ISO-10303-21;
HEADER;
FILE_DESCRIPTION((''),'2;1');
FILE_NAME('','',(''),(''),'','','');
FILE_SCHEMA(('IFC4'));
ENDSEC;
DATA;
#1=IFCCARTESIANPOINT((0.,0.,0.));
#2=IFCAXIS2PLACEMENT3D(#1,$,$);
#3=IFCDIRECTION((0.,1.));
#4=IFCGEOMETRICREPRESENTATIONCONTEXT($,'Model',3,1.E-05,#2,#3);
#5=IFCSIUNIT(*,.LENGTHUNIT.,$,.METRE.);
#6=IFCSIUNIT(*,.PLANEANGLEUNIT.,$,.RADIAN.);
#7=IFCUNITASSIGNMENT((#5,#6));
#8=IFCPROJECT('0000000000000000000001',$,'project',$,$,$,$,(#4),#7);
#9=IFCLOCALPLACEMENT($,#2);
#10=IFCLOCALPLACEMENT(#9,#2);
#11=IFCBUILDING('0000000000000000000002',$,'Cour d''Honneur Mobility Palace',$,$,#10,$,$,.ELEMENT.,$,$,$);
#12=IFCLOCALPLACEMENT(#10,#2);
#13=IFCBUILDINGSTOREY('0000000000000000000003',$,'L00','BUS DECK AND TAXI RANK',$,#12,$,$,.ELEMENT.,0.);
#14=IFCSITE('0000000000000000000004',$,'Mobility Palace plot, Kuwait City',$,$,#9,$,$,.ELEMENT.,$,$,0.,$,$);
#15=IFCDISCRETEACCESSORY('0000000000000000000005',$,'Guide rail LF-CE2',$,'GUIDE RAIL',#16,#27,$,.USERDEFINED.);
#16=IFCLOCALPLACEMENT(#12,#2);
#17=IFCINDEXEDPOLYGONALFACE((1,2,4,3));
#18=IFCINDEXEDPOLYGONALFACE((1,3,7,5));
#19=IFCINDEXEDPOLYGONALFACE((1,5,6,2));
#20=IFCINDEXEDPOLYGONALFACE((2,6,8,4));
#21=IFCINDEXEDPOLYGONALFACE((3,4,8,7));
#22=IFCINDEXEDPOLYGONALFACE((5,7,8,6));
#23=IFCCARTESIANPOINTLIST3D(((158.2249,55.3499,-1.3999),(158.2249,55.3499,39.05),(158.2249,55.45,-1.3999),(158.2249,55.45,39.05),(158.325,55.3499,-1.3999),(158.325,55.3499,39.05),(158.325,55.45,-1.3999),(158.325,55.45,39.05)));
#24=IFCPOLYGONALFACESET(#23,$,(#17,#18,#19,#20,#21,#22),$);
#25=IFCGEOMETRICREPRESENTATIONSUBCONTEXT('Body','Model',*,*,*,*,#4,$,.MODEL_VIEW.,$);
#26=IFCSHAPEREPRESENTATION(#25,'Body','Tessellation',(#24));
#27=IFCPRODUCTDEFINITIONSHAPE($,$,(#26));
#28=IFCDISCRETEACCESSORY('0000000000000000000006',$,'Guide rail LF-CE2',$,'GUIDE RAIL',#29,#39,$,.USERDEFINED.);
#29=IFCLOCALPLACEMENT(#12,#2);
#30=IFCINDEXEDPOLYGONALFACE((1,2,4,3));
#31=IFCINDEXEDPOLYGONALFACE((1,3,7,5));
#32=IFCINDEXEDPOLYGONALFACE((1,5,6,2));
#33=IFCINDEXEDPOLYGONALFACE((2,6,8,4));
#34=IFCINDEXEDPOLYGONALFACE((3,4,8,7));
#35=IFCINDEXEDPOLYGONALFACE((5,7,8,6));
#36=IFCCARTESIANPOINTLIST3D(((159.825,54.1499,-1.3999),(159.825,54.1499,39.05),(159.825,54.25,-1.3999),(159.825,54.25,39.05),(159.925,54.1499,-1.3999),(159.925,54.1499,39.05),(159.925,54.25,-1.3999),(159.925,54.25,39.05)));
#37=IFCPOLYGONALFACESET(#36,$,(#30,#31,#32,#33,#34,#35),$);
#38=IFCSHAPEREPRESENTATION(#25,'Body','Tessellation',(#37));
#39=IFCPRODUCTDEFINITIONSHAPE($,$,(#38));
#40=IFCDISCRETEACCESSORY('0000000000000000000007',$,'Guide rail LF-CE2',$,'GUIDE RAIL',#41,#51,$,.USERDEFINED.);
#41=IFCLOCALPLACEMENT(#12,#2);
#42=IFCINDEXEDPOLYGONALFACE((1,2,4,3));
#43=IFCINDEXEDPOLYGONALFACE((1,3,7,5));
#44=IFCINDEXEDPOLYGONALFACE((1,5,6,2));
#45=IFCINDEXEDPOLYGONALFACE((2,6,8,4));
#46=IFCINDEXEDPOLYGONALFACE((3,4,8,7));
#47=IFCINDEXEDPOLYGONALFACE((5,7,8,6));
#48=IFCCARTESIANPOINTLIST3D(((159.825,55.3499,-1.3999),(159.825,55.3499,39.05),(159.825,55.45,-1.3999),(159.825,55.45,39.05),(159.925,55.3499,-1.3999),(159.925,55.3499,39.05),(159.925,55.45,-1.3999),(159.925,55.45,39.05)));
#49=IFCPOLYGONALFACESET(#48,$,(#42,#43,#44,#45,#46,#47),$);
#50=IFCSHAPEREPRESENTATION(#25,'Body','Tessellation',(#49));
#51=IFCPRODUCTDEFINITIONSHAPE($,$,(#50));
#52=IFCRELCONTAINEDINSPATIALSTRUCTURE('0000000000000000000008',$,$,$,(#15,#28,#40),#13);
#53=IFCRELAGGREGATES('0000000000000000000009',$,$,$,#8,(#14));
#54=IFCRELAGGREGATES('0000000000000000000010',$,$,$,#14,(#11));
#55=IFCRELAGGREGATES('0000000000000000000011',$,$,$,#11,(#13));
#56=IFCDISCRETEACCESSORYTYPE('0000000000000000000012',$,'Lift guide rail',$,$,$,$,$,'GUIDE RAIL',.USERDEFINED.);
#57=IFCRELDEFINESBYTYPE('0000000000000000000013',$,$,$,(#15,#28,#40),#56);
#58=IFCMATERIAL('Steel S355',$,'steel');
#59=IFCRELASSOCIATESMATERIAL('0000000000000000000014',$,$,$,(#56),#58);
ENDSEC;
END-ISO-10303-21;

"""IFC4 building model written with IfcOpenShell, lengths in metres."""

from ifc_helpers import new_model, si_unit, direction, frame, origin, origin_2d, place, context, subcontext, project, spatial, rectangle, extrude, material, type_object, element, save


model = new_model("IFC4")

# Units and contexts
model_context = context("Model", 3, precision=1e-05, world=origin(), true_north=direction((0.0, 1.0)))
body_context = subcontext(model_context, "Body", "Model", "MODEL_VIEW")
ifc_project = project(units=[si_unit("LENGTHUNIT", "METRE"), si_unit("PLANEANGLEUNIT", "RADIAN")], contexts=[model_context])

# Site, building, storey
site_placement = place(None, origin())
site = spatial("IfcSite", under=ifc_project, at=site_placement, Name="Mobility Palace plot, Kuwait City", CompositionType="ELEMENT", RefElevation=0.0)
building_placement = place(site_placement, origin())
building = spatial("IfcBuilding", under=site, at=building_placement, Name="Cour d'Honneur Mobility Palace", CompositionType="ELEMENT")
storey_placement = place(building_placement, origin())
storey = spatial("IfcBuildingStorey", under=building, at=storey_placement, Name="L00", Description="BUS DECK AND TAXI RANK", CompositionType="ELEMENT", Elevation=0.0)

# Discrete accessories
ifc_material_1 = material(Name="Steel S355", Category="steel")
discrete_accessory_type = type_object("IfcDiscreteAccessoryType", Name="Lift guide rail", ElementType="GUIDE RAIL", PredefinedType="USERDEFINED", material=ifc_material_1)
for number, where, z_axis, x_axis, name in (
    (1, (158.2749, 55.3999, -1.3999), (0.0, 0.0, 1.0), (1.0, 0.0, 0.0), "Guide rail LF-CE2"),
    (2, (159.875, 54.2, -1.3999), (0.0, 0.0, 1.0), (1.0, 0.0, 0.0), "Guide rail LF-CE2"),
    (3, (159.875, 55.3999, -1.3999), (0.0, 0.0, 1.0), (1.0, 0.0, 0.0), "Guide rail LF-CE2"),
):
    element("IfcDiscreteAccessory", number, at=place(storey_placement, frame(where, z_axis=z_axis, x_axis=x_axis)), inside=storey, type_object=discrete_accessory_type, Name=name, ObjectType="GUIDE RAIL", PredefinedType="USERDEFINED", context=body_context, shape_type="SweptSolid", body=[
        extrude(rectangle(XDim=0.1001, YDim=0.1001, at=origin_2d()), origin(), (0.0, 0.0, 1.0), 40.45),
    ])

save(model, "model.ifc")
